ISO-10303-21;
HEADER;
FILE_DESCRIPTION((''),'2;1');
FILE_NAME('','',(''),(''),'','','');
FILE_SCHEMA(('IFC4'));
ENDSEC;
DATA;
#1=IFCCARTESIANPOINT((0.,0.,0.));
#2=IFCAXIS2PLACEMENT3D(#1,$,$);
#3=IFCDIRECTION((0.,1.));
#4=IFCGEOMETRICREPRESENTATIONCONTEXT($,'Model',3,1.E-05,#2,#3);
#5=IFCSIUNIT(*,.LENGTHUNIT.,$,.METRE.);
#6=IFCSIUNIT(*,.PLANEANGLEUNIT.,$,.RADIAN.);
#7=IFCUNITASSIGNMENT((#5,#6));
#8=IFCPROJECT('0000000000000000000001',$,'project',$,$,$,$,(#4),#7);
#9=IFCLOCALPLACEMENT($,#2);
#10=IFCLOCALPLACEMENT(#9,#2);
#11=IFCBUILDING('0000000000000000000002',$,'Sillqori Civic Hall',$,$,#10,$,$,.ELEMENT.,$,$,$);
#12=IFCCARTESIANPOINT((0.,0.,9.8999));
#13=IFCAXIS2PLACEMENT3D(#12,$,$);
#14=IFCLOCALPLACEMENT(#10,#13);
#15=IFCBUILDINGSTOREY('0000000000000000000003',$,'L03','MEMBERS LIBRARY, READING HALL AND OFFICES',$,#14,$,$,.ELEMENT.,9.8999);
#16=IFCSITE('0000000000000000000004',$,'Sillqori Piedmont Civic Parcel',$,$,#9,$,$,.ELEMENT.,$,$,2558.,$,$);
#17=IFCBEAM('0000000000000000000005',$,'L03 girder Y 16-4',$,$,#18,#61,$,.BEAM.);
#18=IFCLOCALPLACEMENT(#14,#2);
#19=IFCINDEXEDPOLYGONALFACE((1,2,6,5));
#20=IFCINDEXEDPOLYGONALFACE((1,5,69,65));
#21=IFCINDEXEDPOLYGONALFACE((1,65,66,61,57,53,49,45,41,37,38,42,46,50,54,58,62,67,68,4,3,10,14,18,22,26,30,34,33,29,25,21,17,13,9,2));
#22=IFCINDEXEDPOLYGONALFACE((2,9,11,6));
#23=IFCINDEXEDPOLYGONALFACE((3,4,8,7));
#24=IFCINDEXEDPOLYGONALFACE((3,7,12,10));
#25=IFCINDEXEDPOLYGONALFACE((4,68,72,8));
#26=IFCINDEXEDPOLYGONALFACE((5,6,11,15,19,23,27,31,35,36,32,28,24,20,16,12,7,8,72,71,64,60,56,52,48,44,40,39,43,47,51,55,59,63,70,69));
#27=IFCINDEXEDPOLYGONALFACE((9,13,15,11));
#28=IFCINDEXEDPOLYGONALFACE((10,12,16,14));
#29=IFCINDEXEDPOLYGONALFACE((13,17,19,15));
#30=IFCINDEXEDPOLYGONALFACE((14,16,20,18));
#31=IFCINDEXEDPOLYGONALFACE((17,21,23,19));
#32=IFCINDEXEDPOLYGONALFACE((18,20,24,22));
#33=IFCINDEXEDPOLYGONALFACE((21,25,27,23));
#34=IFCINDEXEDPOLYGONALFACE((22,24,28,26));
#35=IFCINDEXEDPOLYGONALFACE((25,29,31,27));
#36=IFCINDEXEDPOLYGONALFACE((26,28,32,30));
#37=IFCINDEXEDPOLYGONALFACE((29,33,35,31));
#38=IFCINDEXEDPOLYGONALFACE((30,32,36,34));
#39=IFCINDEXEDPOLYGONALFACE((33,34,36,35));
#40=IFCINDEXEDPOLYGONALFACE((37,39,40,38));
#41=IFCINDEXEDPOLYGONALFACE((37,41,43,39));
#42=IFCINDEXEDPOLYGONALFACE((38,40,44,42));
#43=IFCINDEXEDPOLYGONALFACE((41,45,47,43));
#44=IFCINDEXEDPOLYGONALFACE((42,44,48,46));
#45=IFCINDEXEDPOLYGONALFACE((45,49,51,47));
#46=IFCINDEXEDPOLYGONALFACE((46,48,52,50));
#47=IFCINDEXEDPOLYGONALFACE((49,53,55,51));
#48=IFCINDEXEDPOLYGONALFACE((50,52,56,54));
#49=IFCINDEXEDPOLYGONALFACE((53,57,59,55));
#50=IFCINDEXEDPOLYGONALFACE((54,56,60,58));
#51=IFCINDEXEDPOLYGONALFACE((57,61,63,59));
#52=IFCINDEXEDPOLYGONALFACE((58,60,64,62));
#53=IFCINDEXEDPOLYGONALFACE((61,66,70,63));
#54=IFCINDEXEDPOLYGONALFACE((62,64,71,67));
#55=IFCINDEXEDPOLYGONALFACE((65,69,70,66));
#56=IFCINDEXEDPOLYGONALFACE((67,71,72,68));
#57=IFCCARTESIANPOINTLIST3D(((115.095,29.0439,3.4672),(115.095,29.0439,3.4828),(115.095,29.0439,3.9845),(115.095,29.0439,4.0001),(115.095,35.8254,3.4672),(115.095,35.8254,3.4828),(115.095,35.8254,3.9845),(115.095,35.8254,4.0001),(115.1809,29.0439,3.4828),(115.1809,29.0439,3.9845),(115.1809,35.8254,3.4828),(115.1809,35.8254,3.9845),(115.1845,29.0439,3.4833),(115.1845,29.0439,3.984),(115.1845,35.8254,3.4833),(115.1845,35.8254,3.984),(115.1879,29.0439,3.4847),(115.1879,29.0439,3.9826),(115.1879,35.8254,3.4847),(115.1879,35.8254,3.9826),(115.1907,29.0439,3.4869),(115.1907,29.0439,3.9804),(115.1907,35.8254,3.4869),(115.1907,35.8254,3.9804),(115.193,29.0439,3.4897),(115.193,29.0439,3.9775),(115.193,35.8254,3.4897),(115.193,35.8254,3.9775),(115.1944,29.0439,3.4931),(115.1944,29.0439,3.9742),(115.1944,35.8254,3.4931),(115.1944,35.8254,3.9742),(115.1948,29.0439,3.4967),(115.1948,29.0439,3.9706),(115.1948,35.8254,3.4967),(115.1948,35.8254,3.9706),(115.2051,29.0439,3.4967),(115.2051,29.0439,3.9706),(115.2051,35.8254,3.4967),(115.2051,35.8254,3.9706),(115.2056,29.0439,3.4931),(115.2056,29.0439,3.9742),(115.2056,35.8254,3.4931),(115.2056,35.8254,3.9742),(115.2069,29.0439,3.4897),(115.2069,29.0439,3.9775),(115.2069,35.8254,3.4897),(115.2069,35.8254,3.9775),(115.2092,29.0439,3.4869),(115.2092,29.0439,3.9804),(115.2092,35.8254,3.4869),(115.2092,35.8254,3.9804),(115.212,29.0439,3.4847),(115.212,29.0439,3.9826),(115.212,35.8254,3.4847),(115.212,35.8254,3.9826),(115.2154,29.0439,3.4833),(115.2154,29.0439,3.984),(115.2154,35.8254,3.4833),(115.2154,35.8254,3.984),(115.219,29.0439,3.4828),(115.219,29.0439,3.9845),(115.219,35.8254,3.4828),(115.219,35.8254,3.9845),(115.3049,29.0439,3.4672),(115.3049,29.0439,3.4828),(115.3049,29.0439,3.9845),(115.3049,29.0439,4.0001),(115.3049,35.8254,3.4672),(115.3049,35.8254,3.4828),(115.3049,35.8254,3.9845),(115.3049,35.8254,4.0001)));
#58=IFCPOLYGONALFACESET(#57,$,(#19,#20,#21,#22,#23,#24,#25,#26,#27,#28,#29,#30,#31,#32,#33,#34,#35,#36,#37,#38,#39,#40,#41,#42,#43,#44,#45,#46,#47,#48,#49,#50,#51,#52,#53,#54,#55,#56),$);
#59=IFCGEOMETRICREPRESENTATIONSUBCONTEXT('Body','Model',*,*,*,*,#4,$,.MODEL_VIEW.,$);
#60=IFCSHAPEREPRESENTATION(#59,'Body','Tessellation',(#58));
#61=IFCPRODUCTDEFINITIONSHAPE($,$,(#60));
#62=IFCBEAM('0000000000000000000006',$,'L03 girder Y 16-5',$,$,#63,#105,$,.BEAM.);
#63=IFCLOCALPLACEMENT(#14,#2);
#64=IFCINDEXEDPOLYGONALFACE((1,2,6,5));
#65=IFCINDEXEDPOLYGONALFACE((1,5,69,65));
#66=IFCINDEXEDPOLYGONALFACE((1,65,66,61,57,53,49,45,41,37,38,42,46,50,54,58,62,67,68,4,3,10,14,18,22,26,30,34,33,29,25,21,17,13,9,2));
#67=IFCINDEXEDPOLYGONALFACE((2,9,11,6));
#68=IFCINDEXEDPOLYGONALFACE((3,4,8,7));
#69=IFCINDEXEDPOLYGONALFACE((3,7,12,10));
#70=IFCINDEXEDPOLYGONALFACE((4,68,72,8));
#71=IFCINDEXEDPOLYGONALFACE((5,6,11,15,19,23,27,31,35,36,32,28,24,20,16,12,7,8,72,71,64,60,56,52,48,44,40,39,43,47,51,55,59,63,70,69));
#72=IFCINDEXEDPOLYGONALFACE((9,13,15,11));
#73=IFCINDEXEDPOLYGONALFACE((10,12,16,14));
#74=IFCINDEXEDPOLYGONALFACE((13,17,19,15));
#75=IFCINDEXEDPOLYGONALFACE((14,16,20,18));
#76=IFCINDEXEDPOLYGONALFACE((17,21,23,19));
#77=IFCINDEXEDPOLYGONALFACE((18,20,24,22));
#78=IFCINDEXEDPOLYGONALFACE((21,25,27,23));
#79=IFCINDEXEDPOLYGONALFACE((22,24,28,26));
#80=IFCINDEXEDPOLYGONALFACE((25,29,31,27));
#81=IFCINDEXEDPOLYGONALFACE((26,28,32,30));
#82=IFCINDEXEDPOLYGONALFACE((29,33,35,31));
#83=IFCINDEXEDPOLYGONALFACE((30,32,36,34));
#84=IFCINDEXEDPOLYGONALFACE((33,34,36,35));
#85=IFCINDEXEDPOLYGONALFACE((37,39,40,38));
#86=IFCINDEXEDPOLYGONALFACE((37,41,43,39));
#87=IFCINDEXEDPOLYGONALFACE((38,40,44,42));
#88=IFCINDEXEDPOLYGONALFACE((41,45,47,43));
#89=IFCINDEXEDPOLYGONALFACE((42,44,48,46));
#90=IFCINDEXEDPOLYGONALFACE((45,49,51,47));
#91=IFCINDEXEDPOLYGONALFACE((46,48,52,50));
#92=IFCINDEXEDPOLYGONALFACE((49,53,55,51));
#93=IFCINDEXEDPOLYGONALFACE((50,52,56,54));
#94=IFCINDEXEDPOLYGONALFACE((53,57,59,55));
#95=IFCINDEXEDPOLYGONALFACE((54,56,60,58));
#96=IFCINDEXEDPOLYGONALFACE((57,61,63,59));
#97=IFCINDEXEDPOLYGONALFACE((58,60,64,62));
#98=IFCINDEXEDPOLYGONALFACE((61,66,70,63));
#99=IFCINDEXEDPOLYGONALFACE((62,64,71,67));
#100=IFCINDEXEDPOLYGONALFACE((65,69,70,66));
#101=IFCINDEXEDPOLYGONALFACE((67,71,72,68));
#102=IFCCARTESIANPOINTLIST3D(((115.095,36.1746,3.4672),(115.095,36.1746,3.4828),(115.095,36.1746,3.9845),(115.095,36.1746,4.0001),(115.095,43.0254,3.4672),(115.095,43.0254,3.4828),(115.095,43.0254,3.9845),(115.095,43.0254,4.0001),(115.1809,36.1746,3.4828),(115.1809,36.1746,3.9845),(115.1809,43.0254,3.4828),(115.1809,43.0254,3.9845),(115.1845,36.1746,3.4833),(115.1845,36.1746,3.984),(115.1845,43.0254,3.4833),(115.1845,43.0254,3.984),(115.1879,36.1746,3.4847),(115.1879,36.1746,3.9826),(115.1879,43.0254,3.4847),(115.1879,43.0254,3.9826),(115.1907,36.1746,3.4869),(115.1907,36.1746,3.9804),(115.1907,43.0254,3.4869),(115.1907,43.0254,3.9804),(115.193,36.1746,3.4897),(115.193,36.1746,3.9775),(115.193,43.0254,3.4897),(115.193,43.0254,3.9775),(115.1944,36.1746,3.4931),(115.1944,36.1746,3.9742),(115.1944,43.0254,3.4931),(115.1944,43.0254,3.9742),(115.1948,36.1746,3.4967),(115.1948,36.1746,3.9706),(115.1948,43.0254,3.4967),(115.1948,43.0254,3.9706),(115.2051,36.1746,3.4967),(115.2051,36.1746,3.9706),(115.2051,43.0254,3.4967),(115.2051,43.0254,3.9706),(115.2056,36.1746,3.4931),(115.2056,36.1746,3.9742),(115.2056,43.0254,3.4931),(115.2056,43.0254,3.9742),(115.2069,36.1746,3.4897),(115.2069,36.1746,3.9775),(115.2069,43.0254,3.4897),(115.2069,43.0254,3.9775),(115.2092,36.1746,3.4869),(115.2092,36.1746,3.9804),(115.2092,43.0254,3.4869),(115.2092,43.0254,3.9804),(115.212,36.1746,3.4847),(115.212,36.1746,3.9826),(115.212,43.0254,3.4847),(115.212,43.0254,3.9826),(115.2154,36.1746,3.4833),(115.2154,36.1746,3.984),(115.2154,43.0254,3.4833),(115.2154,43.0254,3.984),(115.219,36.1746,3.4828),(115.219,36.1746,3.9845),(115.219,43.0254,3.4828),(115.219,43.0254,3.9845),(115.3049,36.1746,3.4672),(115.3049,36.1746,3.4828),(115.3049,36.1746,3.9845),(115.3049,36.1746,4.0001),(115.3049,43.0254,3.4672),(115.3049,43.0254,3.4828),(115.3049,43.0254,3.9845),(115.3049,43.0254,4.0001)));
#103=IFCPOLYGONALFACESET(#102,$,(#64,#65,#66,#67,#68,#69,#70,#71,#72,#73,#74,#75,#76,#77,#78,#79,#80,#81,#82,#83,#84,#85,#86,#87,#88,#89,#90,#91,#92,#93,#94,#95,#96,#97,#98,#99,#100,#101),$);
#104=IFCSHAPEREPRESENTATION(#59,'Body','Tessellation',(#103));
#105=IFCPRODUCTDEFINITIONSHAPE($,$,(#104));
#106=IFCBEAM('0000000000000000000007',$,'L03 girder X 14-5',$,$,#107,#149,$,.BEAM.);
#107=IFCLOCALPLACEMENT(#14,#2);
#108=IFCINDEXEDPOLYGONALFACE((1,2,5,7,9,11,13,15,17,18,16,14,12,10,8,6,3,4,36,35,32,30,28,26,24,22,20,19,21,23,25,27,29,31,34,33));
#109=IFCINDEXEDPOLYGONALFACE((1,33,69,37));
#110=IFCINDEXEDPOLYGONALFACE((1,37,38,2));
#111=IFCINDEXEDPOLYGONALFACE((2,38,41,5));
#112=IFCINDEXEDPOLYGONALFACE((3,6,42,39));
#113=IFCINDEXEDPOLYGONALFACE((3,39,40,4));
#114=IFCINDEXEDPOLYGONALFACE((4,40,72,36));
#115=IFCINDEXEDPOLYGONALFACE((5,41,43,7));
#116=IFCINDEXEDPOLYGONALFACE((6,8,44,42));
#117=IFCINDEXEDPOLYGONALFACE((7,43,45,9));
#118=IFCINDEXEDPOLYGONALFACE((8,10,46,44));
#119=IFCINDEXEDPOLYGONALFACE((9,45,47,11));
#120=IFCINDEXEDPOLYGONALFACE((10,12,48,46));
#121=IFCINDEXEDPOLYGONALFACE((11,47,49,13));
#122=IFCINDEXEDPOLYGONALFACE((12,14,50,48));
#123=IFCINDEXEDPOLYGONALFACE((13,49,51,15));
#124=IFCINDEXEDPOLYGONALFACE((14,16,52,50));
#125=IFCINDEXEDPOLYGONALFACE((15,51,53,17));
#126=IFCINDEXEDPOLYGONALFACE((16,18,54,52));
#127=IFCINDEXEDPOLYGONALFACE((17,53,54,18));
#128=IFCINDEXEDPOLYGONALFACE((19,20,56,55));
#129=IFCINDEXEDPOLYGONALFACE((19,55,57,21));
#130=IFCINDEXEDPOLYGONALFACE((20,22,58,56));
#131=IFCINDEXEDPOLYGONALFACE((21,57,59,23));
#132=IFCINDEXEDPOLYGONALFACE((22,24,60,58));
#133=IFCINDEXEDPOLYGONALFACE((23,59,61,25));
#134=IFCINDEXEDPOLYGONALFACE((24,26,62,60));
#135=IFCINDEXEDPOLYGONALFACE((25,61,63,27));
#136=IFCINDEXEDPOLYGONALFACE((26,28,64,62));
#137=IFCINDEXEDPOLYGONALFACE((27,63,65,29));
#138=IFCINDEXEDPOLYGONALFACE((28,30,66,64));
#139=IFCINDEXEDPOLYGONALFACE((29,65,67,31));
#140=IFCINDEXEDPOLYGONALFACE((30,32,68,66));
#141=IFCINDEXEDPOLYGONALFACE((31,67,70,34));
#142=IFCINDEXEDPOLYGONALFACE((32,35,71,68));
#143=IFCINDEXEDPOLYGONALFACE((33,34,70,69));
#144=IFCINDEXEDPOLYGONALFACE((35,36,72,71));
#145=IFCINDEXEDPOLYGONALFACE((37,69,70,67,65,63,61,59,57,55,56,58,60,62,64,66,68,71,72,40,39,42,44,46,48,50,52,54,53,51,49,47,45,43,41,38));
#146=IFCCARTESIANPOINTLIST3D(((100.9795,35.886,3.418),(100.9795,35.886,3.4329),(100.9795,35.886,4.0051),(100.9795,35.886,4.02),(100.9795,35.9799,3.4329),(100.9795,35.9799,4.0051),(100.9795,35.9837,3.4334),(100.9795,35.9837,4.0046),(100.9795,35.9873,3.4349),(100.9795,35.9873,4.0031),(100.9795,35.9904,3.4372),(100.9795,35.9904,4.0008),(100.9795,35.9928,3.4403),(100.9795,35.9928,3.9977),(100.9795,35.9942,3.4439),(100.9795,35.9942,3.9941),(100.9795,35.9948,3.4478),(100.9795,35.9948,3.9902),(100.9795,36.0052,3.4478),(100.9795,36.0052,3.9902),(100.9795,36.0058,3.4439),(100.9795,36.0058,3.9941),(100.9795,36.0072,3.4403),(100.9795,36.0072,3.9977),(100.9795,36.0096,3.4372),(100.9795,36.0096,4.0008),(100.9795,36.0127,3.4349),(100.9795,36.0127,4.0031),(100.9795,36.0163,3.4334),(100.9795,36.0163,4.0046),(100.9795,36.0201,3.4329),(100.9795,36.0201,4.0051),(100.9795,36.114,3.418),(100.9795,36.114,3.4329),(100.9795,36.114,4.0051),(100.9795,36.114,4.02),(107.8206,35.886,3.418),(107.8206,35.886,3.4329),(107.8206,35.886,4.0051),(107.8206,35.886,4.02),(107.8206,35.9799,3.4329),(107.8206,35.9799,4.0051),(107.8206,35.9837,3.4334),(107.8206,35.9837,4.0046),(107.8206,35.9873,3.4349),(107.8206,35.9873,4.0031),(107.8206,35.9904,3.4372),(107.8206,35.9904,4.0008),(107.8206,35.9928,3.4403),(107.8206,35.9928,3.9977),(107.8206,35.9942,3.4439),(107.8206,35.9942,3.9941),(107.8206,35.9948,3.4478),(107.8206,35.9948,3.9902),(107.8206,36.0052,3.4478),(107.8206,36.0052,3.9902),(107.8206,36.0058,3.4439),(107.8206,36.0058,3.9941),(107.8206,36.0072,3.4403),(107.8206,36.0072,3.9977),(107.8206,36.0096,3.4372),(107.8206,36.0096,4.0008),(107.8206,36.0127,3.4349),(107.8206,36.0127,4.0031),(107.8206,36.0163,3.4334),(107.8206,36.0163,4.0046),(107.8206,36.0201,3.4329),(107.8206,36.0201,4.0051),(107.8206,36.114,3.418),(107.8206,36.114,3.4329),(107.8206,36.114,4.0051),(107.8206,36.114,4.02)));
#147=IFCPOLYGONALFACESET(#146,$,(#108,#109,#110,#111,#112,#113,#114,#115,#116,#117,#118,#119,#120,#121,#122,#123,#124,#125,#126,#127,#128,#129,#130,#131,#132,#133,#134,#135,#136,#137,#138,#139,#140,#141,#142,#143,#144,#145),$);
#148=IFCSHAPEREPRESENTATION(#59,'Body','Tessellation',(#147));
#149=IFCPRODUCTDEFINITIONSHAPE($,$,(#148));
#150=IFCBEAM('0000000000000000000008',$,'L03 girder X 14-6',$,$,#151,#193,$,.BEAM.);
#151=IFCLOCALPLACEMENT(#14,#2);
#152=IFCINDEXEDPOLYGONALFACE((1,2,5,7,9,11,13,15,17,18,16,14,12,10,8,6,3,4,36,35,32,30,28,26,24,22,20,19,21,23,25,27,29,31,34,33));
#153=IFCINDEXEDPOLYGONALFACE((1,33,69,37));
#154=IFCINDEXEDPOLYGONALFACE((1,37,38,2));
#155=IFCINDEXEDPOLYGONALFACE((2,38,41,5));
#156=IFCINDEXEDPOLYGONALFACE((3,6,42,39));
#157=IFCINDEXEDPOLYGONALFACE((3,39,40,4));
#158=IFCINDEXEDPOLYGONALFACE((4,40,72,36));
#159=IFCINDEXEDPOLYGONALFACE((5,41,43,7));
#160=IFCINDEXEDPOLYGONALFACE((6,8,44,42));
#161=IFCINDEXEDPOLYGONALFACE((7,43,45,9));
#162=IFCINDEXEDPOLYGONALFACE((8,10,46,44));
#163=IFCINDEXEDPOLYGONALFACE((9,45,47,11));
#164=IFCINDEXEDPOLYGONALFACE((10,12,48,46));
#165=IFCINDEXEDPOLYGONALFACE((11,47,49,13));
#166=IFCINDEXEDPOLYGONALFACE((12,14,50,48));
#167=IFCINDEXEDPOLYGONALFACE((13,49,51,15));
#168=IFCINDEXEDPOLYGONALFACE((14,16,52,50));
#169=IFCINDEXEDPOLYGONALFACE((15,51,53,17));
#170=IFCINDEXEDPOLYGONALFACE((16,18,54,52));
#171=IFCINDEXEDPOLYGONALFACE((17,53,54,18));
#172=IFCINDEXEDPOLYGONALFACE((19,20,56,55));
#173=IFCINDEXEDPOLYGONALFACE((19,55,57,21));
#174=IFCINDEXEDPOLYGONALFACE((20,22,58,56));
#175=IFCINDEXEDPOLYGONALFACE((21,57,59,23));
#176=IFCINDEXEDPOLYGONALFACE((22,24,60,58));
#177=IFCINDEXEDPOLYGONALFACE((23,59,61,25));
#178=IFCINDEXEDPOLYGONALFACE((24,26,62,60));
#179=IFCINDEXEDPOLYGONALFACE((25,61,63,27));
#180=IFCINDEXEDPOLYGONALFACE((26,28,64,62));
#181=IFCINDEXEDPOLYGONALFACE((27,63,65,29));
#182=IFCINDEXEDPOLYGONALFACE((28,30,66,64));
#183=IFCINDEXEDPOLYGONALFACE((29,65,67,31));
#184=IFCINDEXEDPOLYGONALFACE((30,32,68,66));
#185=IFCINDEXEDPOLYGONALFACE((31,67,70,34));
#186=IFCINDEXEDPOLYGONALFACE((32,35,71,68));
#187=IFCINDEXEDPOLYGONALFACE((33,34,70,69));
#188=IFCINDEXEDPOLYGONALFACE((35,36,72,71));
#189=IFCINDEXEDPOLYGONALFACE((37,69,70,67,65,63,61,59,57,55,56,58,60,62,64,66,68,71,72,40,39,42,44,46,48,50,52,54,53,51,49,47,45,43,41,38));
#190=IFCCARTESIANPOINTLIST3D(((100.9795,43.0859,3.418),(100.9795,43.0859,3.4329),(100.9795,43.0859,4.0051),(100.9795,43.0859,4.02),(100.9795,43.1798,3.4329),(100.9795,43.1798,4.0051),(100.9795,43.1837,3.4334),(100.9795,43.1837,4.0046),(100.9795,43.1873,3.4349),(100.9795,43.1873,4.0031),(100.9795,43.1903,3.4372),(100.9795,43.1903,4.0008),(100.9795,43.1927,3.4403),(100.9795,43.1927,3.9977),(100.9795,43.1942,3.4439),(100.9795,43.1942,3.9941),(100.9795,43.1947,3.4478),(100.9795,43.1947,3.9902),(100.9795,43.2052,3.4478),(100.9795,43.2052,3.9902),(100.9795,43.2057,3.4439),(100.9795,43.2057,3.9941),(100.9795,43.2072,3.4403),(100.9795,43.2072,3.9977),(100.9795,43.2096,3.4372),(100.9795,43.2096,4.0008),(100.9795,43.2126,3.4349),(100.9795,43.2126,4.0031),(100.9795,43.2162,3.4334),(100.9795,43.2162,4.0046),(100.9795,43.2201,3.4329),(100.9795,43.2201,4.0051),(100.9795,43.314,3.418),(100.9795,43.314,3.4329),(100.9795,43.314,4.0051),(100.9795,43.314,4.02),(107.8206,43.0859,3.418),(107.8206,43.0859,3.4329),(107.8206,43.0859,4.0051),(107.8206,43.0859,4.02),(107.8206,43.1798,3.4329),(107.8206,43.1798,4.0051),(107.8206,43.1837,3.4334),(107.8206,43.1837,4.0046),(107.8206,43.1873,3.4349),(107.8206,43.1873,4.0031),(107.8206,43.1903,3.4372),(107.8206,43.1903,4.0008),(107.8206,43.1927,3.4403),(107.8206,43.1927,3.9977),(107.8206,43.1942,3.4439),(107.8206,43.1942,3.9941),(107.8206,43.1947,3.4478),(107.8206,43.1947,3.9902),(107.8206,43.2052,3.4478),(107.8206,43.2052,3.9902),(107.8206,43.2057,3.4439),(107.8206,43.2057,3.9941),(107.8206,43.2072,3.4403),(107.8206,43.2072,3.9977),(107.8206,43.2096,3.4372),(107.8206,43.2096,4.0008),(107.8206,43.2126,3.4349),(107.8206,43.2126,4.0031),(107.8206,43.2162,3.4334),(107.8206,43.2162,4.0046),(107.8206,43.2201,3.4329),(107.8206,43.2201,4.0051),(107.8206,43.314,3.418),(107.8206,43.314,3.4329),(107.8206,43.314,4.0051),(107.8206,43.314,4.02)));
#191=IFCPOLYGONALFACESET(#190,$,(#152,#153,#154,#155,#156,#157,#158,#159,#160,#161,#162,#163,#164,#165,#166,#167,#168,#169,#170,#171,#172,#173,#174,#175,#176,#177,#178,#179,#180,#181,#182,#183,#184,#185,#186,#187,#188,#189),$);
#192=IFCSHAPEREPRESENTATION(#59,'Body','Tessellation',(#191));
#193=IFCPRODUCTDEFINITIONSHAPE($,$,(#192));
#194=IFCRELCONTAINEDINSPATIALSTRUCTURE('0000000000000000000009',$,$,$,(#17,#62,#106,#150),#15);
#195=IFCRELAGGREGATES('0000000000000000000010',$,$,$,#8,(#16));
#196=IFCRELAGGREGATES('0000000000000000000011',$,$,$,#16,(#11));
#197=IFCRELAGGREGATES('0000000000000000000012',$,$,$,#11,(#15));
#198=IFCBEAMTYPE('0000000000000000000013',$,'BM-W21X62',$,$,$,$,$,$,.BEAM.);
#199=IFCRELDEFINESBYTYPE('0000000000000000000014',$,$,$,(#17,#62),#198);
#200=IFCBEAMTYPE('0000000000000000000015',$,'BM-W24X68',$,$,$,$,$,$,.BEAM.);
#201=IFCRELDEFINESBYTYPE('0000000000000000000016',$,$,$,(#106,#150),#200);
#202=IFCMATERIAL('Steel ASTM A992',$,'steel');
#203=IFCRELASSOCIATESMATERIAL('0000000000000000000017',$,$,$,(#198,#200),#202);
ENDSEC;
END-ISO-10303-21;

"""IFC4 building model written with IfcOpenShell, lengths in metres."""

from ifc_helpers import new_model, si_unit, direction, frame, origin, origin_2d, place, context, subcontext, project, spatial, i_section, extrude, material, material_profile, profile_set, type_object, element, save


model = new_model("IFC4")

# Units and contexts
model_context = context("Model", 3, precision=1e-05, world=origin(), true_north=direction((0.0, 1.0)))
body_context = subcontext(model_context, "Body", "Model", "MODEL_VIEW")
ifc_project = project(units=[si_unit("LENGTHUNIT", "METRE"), si_unit("PLANEANGLEUNIT", "RADIAN")], contexts=[model_context])

# Site, building, storey
site_placement = place(None, origin())
site = spatial("IfcSite", under=ifc_project, at=site_placement, Name="Sillqori Piedmont Civic Parcel", CompositionType="ELEMENT", RefElevation=2558.0)
building_placement = place(site_placement, origin())
building = spatial("IfcBuilding", under=site, at=building_placement, Name="Sillqori Civic Hall", CompositionType="ELEMENT")
storey_placement = place(building_placement, frame((0.0, 0.0, 9.8999)))
storey = spatial("IfcBuildingStorey", under=building, at=storey_placement, Name="L03", Description="MEMBERS LIBRARY, READING HALL AND OFFICES", CompositionType="ELEMENT", Elevation=9.8999)

# Shared definitions
ifc_material_1 = material(Name="Steel ASTM A992", Category="steel")

# Beams
ifc_material_profile_1 = material_profile(ifc_material_1, i_section(OverallWidth=0.21, OverallDepth=0.533, WebThickness=0.0103, FlangeThickness=0.0156, FilletRadius=0.0139, at=origin_2d()), Name="W21X62")
ifc_profile_set_1 = profile_set([ifc_material_profile_1], Name="Steel ASTM A992")
beam_type_1 = type_object("IfcBeamType", Name="BM-W21X62", PredefinedType="BEAM", material=ifc_profile_set_1)
beam_1_placement = place(storey_placement, frame((115.2, 29.0439, 3.7336), z_axis=(0.0, 1.0, 0.0), x_axis=(-1.0, 0.0, 0.0)))
element("IfcBeam", 1, at=beam_1_placement, inside=storey, type_object=beam_type_1, Name="L03 girder Y 16-4", PredefinedType="BEAM", context=body_context, shape_type="SweptSolid", body=[
    extrude(i_section(OverallWidth=0.21, OverallDepth=0.533, WebThickness=0.0103, FlangeThickness=0.0156, FilletRadius=0.0139, at=origin_2d()), origin(), (0.0, 0.0, 1.0), 6.7815),
])
beam_2_placement = place(storey_placement, frame((115.2, 36.1746, 3.7336), z_axis=(0.0, 1.0, 0.0), x_axis=(-1.0, 0.0, 0.0)))
element("IfcBeam", 2, at=beam_2_placement, inside=storey, type_object=beam_type_1, Name="L03 girder Y 16-5", PredefinedType="BEAM", context=body_context, shape_type="SweptSolid", body=[
    extrude(i_section(OverallWidth=0.21, OverallDepth=0.533, WebThickness=0.0103, FlangeThickness=0.0156, FilletRadius=0.0139, at=origin_2d()), origin(), (0.0, 0.0, 1.0), 6.8508),
])
ifc_material_profile_2 = material_profile(ifc_material_1, i_section(OverallWidth=0.228, OverallDepth=0.6021, WebThickness=0.0105, FlangeThickness=0.0149, FilletRadius=0.0149, at=origin_2d()), Name="W24X68")
ifc_profile_set_2 = profile_set([ifc_material_profile_2], Name="Steel ASTM A992")
beam_type_2 = type_object("IfcBeamType", Name="BM-W24X68", PredefinedType="BEAM", material=ifc_profile_set_2)
for number, where, z_axis, x_axis, name in (
    (3, (100.9795, 36.0, 3.719), (1.0, 0.0, 0.0), (0.0, 1.0, 0.0), "L03 girder X 14-5"),
    (4, (100.9795, 43.2, 3.719), (1.0, 0.0, 0.0), (0.0, 1.0, 0.0), "L03 girder X 14-6"),
):
    element("IfcBeam", number, at=place(storey_placement, frame(where, z_axis=z_axis, x_axis=x_axis)), inside=storey, type_object=beam_type_2, Name=name, PredefinedType="BEAM", context=body_context, shape_type="SweptSolid", body=[
        extrude(i_section(OverallWidth=0.228, OverallDepth=0.6021, WebThickness=0.0105, FlangeThickness=0.0149, FilletRadius=0.0149, at=origin_2d()), origin(), (0.0, 0.0, 1.0), 6.8411),
    ])

save(model, "model.ifc")
